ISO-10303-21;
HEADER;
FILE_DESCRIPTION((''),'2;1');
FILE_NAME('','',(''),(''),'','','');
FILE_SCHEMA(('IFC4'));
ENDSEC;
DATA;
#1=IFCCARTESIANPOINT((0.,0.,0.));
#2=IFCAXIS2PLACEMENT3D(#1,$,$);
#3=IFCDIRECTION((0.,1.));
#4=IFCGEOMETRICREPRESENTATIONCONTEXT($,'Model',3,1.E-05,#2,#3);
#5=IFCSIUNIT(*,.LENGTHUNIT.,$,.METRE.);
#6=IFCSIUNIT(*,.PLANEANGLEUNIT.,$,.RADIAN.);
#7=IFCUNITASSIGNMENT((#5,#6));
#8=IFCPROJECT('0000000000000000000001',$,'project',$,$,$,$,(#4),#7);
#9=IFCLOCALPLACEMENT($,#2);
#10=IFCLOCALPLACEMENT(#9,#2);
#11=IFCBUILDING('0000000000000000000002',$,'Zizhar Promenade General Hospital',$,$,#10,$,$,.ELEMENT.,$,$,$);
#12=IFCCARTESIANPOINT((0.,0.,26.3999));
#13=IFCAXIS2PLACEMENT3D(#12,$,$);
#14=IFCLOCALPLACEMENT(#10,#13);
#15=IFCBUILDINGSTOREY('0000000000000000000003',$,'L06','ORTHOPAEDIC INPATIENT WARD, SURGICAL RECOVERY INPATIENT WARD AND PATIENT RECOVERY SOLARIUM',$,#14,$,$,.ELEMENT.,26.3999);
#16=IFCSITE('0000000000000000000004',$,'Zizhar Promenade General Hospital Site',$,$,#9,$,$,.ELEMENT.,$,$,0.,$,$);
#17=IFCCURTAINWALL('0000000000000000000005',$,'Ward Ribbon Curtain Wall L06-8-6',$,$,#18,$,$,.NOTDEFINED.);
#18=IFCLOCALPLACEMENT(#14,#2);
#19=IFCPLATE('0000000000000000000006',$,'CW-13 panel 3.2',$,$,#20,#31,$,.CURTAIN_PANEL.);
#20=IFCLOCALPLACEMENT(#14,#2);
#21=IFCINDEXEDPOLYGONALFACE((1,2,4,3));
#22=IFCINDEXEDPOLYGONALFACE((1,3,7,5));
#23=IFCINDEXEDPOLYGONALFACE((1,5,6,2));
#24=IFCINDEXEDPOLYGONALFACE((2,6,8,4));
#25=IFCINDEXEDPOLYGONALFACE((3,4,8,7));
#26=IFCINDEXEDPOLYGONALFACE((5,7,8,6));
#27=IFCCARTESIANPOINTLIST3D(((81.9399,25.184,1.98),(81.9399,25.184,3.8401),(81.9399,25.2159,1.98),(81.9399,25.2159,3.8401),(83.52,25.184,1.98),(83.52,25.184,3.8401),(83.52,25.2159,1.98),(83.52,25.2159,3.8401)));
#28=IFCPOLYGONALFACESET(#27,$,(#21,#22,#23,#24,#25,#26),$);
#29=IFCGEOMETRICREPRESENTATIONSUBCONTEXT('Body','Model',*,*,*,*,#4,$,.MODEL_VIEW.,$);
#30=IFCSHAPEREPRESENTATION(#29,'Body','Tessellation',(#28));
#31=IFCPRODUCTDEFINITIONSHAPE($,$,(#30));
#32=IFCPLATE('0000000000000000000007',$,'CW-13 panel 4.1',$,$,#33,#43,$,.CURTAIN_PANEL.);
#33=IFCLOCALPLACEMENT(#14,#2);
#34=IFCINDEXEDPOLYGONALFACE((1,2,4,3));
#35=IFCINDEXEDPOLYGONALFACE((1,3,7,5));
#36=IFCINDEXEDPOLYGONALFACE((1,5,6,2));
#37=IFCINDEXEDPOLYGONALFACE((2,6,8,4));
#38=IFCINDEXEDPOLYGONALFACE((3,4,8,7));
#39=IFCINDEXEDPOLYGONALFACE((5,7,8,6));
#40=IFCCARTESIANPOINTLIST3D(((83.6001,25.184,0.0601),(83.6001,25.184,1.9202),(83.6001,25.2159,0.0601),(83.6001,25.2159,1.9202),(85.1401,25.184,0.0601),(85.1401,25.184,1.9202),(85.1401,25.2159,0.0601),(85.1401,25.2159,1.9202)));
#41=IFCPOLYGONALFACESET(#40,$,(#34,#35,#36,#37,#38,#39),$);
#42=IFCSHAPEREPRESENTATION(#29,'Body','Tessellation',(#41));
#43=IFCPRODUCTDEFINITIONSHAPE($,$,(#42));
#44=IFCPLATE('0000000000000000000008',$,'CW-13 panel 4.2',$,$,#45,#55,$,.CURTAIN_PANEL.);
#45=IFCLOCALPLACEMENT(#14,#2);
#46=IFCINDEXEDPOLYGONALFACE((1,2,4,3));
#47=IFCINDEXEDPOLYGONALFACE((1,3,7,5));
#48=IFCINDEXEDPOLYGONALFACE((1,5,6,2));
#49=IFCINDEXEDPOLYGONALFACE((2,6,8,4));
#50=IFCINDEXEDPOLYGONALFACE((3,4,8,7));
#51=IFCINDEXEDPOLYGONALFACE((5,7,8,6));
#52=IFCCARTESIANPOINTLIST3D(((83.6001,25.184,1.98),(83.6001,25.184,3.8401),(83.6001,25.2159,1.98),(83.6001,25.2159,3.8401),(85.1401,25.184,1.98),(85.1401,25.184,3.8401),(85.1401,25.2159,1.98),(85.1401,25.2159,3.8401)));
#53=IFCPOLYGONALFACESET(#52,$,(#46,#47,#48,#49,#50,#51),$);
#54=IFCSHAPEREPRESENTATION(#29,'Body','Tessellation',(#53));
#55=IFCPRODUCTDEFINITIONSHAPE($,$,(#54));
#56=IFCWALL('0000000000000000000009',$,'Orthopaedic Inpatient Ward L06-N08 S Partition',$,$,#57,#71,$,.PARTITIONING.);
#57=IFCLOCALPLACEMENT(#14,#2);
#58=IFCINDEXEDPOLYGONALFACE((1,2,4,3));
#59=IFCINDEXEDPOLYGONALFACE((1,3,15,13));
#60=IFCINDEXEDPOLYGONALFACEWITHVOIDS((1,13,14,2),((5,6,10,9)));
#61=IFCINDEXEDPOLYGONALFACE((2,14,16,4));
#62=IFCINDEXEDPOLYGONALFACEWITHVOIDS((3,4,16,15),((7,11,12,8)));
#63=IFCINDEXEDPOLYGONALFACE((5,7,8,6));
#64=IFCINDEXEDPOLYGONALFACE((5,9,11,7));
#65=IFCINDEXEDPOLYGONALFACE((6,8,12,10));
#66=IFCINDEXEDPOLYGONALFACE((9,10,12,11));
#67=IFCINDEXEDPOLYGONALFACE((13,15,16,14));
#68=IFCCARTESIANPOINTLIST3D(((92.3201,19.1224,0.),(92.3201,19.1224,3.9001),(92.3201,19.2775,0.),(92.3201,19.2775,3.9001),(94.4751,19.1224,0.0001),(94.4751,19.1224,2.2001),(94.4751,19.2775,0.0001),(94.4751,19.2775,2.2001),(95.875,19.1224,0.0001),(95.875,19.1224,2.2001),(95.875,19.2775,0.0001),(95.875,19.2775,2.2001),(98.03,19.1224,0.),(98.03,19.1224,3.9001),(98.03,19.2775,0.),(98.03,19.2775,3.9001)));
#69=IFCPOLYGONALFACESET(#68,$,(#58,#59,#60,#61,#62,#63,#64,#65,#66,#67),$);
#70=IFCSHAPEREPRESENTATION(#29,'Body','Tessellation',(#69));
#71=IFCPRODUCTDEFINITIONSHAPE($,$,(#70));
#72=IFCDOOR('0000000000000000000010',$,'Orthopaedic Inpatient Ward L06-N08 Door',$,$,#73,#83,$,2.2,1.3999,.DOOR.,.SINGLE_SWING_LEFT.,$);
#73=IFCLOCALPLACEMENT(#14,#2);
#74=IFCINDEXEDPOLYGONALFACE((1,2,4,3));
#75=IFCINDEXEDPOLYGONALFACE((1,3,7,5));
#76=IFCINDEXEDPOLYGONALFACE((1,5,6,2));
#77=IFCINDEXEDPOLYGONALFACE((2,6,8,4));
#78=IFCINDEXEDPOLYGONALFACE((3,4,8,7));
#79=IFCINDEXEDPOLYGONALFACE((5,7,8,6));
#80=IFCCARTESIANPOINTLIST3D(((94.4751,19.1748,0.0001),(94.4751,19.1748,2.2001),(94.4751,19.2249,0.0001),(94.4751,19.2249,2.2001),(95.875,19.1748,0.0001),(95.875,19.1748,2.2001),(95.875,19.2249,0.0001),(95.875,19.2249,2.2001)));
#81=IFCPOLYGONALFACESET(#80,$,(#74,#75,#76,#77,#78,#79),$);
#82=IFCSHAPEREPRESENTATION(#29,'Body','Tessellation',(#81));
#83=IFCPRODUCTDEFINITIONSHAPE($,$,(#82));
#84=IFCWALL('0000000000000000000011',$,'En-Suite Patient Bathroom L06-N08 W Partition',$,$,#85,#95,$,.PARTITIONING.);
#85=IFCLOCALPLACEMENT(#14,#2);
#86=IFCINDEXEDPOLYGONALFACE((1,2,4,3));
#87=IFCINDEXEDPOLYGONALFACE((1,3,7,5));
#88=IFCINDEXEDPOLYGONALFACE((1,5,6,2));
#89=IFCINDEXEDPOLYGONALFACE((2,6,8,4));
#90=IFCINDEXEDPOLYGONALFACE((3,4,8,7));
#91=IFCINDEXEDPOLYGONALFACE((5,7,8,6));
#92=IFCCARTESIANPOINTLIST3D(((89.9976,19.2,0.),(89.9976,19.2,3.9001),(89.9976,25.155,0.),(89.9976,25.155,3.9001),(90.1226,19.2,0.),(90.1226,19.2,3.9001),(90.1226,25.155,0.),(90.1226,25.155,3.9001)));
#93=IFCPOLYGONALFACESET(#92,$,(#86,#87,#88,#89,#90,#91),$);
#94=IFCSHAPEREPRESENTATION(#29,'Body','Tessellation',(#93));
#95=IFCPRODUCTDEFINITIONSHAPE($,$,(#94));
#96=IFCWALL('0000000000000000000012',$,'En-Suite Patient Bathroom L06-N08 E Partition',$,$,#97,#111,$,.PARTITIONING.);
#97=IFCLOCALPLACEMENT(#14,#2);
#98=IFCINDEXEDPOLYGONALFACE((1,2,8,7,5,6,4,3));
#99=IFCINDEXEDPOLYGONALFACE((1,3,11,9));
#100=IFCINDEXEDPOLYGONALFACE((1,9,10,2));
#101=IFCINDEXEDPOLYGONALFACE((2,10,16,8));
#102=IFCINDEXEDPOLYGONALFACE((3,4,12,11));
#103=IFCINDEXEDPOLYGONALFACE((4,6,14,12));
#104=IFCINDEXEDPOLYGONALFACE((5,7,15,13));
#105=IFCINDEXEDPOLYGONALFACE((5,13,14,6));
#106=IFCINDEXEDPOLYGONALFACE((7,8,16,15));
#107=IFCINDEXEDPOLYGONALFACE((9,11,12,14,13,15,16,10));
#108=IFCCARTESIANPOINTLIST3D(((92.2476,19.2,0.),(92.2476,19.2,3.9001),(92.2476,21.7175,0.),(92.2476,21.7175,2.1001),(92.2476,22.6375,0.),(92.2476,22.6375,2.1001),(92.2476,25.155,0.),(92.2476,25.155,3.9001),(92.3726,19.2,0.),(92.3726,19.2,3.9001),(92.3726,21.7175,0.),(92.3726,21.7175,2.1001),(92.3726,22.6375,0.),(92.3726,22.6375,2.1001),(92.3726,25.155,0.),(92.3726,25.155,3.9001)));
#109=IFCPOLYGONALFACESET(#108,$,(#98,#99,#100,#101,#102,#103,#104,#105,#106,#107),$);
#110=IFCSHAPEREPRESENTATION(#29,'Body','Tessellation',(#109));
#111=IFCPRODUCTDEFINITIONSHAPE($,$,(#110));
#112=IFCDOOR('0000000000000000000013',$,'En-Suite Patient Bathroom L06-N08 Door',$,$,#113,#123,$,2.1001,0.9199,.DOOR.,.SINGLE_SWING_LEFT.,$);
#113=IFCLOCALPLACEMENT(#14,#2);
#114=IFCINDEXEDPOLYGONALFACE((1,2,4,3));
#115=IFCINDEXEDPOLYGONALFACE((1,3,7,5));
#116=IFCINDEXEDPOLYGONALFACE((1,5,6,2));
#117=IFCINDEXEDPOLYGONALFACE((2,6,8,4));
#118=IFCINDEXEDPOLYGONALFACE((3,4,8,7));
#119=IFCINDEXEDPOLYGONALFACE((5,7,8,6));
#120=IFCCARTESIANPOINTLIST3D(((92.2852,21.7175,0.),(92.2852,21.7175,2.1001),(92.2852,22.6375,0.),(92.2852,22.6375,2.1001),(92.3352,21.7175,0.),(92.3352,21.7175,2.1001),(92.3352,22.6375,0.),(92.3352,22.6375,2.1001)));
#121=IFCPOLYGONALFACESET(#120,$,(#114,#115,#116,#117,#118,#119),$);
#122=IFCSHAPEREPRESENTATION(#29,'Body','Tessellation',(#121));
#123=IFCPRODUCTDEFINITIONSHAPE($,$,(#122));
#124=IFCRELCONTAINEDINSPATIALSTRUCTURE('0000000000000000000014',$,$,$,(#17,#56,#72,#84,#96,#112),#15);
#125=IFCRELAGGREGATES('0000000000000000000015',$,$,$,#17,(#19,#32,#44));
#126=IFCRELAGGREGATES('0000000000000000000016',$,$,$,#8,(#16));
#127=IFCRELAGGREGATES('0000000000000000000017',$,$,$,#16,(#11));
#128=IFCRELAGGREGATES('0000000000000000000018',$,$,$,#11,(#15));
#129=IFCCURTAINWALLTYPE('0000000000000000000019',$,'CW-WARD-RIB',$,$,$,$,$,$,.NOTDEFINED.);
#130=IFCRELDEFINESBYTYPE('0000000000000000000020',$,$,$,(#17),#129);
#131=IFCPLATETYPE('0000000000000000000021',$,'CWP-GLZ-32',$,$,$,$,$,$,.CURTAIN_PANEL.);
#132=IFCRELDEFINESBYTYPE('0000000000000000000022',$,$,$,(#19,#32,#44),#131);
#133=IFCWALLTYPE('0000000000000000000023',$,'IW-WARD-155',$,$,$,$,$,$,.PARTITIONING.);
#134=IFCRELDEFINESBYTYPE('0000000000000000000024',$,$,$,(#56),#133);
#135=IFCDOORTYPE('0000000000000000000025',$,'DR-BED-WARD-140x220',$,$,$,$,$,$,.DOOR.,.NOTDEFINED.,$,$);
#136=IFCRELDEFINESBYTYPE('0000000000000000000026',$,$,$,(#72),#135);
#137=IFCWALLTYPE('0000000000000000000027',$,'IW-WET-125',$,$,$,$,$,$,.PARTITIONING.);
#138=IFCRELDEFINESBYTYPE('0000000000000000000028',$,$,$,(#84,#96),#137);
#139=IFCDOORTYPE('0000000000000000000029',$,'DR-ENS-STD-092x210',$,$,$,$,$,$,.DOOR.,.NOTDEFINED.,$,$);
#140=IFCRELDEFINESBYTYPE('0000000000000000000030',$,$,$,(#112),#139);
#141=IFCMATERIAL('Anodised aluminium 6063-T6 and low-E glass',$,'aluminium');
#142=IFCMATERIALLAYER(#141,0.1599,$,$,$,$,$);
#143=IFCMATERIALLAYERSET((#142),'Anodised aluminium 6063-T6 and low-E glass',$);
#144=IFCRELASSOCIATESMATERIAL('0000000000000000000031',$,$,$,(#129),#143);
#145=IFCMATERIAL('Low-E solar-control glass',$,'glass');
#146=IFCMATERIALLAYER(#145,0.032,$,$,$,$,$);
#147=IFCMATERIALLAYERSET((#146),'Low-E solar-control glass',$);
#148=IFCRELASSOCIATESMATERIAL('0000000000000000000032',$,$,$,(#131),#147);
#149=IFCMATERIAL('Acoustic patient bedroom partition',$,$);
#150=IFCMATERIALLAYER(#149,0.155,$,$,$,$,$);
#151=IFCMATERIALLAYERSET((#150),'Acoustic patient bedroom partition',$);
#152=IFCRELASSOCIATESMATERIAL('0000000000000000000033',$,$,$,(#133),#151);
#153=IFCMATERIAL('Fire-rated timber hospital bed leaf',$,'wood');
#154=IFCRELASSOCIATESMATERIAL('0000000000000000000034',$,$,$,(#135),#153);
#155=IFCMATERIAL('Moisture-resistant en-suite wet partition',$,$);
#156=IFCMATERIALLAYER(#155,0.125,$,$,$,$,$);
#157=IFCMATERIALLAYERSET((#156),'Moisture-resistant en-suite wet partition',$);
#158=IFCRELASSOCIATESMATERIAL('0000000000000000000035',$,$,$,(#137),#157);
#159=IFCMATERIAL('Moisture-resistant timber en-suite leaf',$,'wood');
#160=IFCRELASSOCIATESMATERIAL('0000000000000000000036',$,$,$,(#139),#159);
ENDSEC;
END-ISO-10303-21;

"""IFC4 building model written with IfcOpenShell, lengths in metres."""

from ifc_helpers import new_model, si_unit, direction, frame, frame_2d, origin, origin_2d, place, context, subcontext, project, spatial, rectangle, extrude, material, layer, layer_set, type_object, element, fill, aggregate, save


model = new_model("IFC4")

# Units and contexts
model_context = context("Model", 3, precision=1e-05, world=origin(), true_north=direction((0.0, 1.0)))
body_context = subcontext(model_context, "Body", "Model", "MODEL_VIEW")
ifc_project = project(units=[si_unit("LENGTHUNIT", "METRE"), si_unit("PLANEANGLEUNIT", "RADIAN")], contexts=[model_context])

# Site, building, storey
site_placement = place(None, origin())
site = spatial("IfcSite", under=ifc_project, at=site_placement, Name="Zizhar Promenade General Hospital Site", CompositionType="ELEMENT", RefElevation=0.0)
building_placement = place(site_placement, origin())
building = spatial("IfcBuilding", under=site, at=building_placement, Name="Zizhar Promenade General Hospital", CompositionType="ELEMENT")
storey_placement = place(building_placement, frame((0.0, 0.0, 26.3999)))
storey = spatial("IfcBuildingStorey", under=building, at=storey_placement, Name="L06", Description="ORTHOPAEDIC INPATIENT WARD, SURGICAL RECOVERY INPATIENT WARD AND PATIENT RECOVERY SOLARIUM", CompositionType="ELEMENT", Elevation=26.3999)

# Curtain wall
ifc_material_1 = material(Name="Anodised aluminium 6063-T6 and low-E glass", Category="aluminium")
ifc_layer_1 = layer(ifc_material_1, 0.1599)
ifc_layer_set_1 = layer_set([ifc_layer_1], Name="Anodised aluminium 6063-T6 and low-E glass")
curtain_wall_type = type_object("IfcCurtainWallType", Name="CW-WARD-RIB", PredefinedType="NOTDEFINED", material=ifc_layer_set_1)
curtain_wall_1_placement = place(storey_placement, origin())
curtain_wall_1 = element("IfcCurtainWall", 1, at=curtain_wall_1_placement, inside=storey, type_object=curtain_wall_type, Name="Ward Ribbon Curtain Wall L06-8-6", PredefinedType="NOTDEFINED")

# Plates
ifc_material_2 = material(Name="Low-E solar-control glass", Category="glass")
ifc_layer_2 = layer(ifc_material_2, 0.032)
ifc_layer_set_2 = layer_set([ifc_layer_2], Name="Low-E solar-control glass")
plate_type = type_object("IfcPlateType", Name="CWP-GLZ-32", PredefinedType="CURTAIN_PANEL", material=ifc_layer_set_2)
plate_1_placement = place(storey_placement, frame((82.73, 25.2, 1.98), z_axis=(0.0, 0.0, 1.0), x_axis=(1.0, 0.0, 0.0)))
plate_1 = element("IfcPlate", 2, at=plate_1_placement, type_object=plate_type, Name="CW-13 panel 3.2", PredefinedType="CURTAIN_PANEL", context=body_context, shape_type="SweptSolid", body=[
    extrude(rectangle(XDim=1.5801, YDim=0.032, at=origin_2d()), origin(), (0.0, 0.0, 1.0), 1.8601),
])
plate_2_placement = place(storey_placement, frame((84.3701, 25.2, 0.0601), z_axis=(0.0, 0.0, 1.0), x_axis=(1.0, 0.0, 0.0)))
plate_2 = element("IfcPlate", 3, at=plate_2_placement, type_object=plate_type, Name="CW-13 panel 4.1", PredefinedType="CURTAIN_PANEL", context=body_context, shape_type="SweptSolid", body=[
    extrude(rectangle(XDim=1.54, YDim=0.032, at=origin_2d()), origin(), (0.0, 0.0, 1.0), 1.8601),
])
plate_3_placement = place(storey_placement, frame((84.3701, 25.2, 1.98), z_axis=(0.0, 0.0, 1.0), x_axis=(1.0, 0.0, 0.0)))
plate_3 = element("IfcPlate", 4, at=plate_3_placement, type_object=plate_type, Name="CW-13 panel 4.2", PredefinedType="CURTAIN_PANEL", context=body_context, shape_type="SweptSolid", body=[
    extrude(rectangle(XDim=1.54, YDim=0.032, at=origin_2d()), origin(), (0.0, 0.0, 1.0), 1.8601),
])
aggregate(curtain_wall_1, [plate_1, plate_2, plate_3])

# Wall, opening, door
ifc_material_3 = material(Name="Acoustic patient bedroom partition")
ifc_layer_3 = layer(ifc_material_3, 0.155)
ifc_layer_set_3 = layer_set([ifc_layer_3], Name="Acoustic patient bedroom partition")
wall_type_1 = type_object("IfcWallType", Name="IW-WARD-155", PredefinedType="PARTITIONING", material=ifc_layer_set_3)
wall_1_placement = place(storey_placement, frame((92.3201, 19.2, 0.0), z_axis=(0.0, 0.0, 1.0), x_axis=(1.0, 0.0, 0.0)))
wall_1 = element("IfcWall", 5, at=wall_1_placement, inside=storey, type_object=wall_type_1, Name="Orthopaedic Inpatient Ward L06-N08 S Partition", PredefinedType="PARTITIONING", context=body_context, shape_type="SweptSolid", body=[
    extrude(rectangle(XDim=5.71, YDim=0.155, at=frame_2d((2.855, 0.0))), origin(), (0.0, 0.0, 1.0), 3.9001),
])
opening_1_placement = place(wall_1_placement, frame((2.155, 0.0, 0.0)))
opening_1 = element("IfcOpeningElement", 6, at=opening_1_placement, cuts=wall_1, PredefinedType="OPENING", context=body_context, shape_type="SweptSolid", body=[
    extrude(rectangle(XDim=1.3999, YDim=2.2, at=frame_2d((0.7, 1.1001))), frame((0.0, 0.0874, 0.0), z_axis=(0.0, -1.0, 0.0), x_axis=(1.0, 0.0, 0.0)), (0.0, 0.0, 1.0), 0.175),
])
ifc_material_4 = material(Name="Fire-rated timber hospital bed leaf", Category="wood")
door_type_1 = type_object("IfcDoorType", Name="DR-BED-WARD-140x220", OperationType="NOTDEFINED", PredefinedType="DOOR", material=ifc_material_4)
door_1_placement = place(opening_1_placement, origin())
door_1 = element("IfcDoor", 7, at=door_1_placement, inside=storey, type_object=door_type_1, Name="Orthopaedic Inpatient Ward L06-N08 Door", OperationType="SINGLE_SWING_LEFT", OverallHeight=2.2, OverallWidth=1.3999, PredefinedType="DOOR", context=body_context, shape_type="SweptSolid", body=[
    extrude(rectangle(XDim=1.3999, YDim=2.2, at=frame_2d((0.7, 1.1001))), frame((0.0, 0.0249, 0.0), z_axis=(0.0, -1.0, 0.0), x_axis=(1.0, 0.0, 0.0)), (0.0, 0.0, 1.0), 0.05),
])
fill(opening_1, door_1)

# Wall
ifc_material_5 = material(Name="Moisture-resistant en-suite wet partition")
ifc_layer_4 = layer(ifc_material_5, 0.125)
ifc_layer_set_4 = layer_set([ifc_layer_4], Name="Moisture-resistant en-suite wet partition")
wall_type_2 = type_object("IfcWallType", Name="IW-WET-125", PredefinedType="PARTITIONING", material=ifc_layer_set_4)
wall_2_placement = place(storey_placement, frame((90.0601, 19.2, 0.0), z_axis=(0.0, 0.0, 1.0), x_axis=(0.0, 1.0, 0.0)))
element("IfcWall", 8, at=wall_2_placement, inside=storey, type_object=wall_type_2, Name="En-Suite Patient Bathroom L06-N08 W Partition", PredefinedType="PARTITIONING", context=body_context, shape_type="SweptSolid", body=[
    extrude(rectangle(XDim=5.9551, YDim=0.125, at=frame_2d((2.9775, 0.0))), origin(), (0.0, 0.0, 1.0), 3.9001),
])

# Wall, opening, door
wall_3_placement = place(storey_placement, frame((92.3101, 19.2, 0.0), z_axis=(0.0, 0.0, 1.0), x_axis=(0.0, 1.0, 0.0)))
wall_3 = element("IfcWall", 9, at=wall_3_placement, inside=storey, type_object=wall_type_2, Name="En-Suite Patient Bathroom L06-N08 E Partition", PredefinedType="PARTITIONING", context=body_context, shape_type="SweptSolid", body=[
    extrude(rectangle(XDim=5.9551, YDim=0.125, at=frame_2d((2.9775, 0.0))), origin(), (0.0, 0.0, 1.0), 3.9001),
])
opening_2_placement = place(wall_3_placement, frame((2.5176, 0.0, 0.0)))
opening_2 = element("IfcOpeningElement", 10, at=opening_2_placement, cuts=wall_3, PredefinedType="OPENING", context=body_context, shape_type="SweptSolid", body=[
    extrude(rectangle(XDim=0.9199, YDim=2.1001, at=frame_2d((0.46, 1.05))), frame((0.0, 0.0725, 0.0), z_axis=(0.0, -1.0, 0.0), x_axis=(1.0, 0.0, 0.0)), (0.0, 0.0, 1.0), 0.145),
])
ifc_material_6 = material(Name="Moisture-resistant timber en-suite leaf", Category="wood")
door_type_2 = type_object("IfcDoorType", Name="DR-ENS-STD-092x210", OperationType="NOTDEFINED", PredefinedType="DOOR", material=ifc_material_6)
door_2_placement = place(opening_2_placement, origin())
door_2 = element("IfcDoor", 11, at=door_2_placement, inside=storey, type_object=door_type_2, Name="En-Suite Patient Bathroom L06-N08 Door", OperationType="SINGLE_SWING_LEFT", OverallHeight=2.1001, OverallWidth=0.9199, PredefinedType="DOOR", context=body_context, shape_type="SweptSolid", body=[
    extrude(rectangle(XDim=0.9199, YDim=2.1001, at=frame_2d((0.46, 1.05))), frame((0.0, 0.0249, 0.0), z_axis=(0.0, -1.0, 0.0), x_axis=(1.0, 0.0, 0.0)), (0.0, 0.0, 1.0), 0.05),
])
fill(opening_2, door_2)

save(model, "model.ifc")
